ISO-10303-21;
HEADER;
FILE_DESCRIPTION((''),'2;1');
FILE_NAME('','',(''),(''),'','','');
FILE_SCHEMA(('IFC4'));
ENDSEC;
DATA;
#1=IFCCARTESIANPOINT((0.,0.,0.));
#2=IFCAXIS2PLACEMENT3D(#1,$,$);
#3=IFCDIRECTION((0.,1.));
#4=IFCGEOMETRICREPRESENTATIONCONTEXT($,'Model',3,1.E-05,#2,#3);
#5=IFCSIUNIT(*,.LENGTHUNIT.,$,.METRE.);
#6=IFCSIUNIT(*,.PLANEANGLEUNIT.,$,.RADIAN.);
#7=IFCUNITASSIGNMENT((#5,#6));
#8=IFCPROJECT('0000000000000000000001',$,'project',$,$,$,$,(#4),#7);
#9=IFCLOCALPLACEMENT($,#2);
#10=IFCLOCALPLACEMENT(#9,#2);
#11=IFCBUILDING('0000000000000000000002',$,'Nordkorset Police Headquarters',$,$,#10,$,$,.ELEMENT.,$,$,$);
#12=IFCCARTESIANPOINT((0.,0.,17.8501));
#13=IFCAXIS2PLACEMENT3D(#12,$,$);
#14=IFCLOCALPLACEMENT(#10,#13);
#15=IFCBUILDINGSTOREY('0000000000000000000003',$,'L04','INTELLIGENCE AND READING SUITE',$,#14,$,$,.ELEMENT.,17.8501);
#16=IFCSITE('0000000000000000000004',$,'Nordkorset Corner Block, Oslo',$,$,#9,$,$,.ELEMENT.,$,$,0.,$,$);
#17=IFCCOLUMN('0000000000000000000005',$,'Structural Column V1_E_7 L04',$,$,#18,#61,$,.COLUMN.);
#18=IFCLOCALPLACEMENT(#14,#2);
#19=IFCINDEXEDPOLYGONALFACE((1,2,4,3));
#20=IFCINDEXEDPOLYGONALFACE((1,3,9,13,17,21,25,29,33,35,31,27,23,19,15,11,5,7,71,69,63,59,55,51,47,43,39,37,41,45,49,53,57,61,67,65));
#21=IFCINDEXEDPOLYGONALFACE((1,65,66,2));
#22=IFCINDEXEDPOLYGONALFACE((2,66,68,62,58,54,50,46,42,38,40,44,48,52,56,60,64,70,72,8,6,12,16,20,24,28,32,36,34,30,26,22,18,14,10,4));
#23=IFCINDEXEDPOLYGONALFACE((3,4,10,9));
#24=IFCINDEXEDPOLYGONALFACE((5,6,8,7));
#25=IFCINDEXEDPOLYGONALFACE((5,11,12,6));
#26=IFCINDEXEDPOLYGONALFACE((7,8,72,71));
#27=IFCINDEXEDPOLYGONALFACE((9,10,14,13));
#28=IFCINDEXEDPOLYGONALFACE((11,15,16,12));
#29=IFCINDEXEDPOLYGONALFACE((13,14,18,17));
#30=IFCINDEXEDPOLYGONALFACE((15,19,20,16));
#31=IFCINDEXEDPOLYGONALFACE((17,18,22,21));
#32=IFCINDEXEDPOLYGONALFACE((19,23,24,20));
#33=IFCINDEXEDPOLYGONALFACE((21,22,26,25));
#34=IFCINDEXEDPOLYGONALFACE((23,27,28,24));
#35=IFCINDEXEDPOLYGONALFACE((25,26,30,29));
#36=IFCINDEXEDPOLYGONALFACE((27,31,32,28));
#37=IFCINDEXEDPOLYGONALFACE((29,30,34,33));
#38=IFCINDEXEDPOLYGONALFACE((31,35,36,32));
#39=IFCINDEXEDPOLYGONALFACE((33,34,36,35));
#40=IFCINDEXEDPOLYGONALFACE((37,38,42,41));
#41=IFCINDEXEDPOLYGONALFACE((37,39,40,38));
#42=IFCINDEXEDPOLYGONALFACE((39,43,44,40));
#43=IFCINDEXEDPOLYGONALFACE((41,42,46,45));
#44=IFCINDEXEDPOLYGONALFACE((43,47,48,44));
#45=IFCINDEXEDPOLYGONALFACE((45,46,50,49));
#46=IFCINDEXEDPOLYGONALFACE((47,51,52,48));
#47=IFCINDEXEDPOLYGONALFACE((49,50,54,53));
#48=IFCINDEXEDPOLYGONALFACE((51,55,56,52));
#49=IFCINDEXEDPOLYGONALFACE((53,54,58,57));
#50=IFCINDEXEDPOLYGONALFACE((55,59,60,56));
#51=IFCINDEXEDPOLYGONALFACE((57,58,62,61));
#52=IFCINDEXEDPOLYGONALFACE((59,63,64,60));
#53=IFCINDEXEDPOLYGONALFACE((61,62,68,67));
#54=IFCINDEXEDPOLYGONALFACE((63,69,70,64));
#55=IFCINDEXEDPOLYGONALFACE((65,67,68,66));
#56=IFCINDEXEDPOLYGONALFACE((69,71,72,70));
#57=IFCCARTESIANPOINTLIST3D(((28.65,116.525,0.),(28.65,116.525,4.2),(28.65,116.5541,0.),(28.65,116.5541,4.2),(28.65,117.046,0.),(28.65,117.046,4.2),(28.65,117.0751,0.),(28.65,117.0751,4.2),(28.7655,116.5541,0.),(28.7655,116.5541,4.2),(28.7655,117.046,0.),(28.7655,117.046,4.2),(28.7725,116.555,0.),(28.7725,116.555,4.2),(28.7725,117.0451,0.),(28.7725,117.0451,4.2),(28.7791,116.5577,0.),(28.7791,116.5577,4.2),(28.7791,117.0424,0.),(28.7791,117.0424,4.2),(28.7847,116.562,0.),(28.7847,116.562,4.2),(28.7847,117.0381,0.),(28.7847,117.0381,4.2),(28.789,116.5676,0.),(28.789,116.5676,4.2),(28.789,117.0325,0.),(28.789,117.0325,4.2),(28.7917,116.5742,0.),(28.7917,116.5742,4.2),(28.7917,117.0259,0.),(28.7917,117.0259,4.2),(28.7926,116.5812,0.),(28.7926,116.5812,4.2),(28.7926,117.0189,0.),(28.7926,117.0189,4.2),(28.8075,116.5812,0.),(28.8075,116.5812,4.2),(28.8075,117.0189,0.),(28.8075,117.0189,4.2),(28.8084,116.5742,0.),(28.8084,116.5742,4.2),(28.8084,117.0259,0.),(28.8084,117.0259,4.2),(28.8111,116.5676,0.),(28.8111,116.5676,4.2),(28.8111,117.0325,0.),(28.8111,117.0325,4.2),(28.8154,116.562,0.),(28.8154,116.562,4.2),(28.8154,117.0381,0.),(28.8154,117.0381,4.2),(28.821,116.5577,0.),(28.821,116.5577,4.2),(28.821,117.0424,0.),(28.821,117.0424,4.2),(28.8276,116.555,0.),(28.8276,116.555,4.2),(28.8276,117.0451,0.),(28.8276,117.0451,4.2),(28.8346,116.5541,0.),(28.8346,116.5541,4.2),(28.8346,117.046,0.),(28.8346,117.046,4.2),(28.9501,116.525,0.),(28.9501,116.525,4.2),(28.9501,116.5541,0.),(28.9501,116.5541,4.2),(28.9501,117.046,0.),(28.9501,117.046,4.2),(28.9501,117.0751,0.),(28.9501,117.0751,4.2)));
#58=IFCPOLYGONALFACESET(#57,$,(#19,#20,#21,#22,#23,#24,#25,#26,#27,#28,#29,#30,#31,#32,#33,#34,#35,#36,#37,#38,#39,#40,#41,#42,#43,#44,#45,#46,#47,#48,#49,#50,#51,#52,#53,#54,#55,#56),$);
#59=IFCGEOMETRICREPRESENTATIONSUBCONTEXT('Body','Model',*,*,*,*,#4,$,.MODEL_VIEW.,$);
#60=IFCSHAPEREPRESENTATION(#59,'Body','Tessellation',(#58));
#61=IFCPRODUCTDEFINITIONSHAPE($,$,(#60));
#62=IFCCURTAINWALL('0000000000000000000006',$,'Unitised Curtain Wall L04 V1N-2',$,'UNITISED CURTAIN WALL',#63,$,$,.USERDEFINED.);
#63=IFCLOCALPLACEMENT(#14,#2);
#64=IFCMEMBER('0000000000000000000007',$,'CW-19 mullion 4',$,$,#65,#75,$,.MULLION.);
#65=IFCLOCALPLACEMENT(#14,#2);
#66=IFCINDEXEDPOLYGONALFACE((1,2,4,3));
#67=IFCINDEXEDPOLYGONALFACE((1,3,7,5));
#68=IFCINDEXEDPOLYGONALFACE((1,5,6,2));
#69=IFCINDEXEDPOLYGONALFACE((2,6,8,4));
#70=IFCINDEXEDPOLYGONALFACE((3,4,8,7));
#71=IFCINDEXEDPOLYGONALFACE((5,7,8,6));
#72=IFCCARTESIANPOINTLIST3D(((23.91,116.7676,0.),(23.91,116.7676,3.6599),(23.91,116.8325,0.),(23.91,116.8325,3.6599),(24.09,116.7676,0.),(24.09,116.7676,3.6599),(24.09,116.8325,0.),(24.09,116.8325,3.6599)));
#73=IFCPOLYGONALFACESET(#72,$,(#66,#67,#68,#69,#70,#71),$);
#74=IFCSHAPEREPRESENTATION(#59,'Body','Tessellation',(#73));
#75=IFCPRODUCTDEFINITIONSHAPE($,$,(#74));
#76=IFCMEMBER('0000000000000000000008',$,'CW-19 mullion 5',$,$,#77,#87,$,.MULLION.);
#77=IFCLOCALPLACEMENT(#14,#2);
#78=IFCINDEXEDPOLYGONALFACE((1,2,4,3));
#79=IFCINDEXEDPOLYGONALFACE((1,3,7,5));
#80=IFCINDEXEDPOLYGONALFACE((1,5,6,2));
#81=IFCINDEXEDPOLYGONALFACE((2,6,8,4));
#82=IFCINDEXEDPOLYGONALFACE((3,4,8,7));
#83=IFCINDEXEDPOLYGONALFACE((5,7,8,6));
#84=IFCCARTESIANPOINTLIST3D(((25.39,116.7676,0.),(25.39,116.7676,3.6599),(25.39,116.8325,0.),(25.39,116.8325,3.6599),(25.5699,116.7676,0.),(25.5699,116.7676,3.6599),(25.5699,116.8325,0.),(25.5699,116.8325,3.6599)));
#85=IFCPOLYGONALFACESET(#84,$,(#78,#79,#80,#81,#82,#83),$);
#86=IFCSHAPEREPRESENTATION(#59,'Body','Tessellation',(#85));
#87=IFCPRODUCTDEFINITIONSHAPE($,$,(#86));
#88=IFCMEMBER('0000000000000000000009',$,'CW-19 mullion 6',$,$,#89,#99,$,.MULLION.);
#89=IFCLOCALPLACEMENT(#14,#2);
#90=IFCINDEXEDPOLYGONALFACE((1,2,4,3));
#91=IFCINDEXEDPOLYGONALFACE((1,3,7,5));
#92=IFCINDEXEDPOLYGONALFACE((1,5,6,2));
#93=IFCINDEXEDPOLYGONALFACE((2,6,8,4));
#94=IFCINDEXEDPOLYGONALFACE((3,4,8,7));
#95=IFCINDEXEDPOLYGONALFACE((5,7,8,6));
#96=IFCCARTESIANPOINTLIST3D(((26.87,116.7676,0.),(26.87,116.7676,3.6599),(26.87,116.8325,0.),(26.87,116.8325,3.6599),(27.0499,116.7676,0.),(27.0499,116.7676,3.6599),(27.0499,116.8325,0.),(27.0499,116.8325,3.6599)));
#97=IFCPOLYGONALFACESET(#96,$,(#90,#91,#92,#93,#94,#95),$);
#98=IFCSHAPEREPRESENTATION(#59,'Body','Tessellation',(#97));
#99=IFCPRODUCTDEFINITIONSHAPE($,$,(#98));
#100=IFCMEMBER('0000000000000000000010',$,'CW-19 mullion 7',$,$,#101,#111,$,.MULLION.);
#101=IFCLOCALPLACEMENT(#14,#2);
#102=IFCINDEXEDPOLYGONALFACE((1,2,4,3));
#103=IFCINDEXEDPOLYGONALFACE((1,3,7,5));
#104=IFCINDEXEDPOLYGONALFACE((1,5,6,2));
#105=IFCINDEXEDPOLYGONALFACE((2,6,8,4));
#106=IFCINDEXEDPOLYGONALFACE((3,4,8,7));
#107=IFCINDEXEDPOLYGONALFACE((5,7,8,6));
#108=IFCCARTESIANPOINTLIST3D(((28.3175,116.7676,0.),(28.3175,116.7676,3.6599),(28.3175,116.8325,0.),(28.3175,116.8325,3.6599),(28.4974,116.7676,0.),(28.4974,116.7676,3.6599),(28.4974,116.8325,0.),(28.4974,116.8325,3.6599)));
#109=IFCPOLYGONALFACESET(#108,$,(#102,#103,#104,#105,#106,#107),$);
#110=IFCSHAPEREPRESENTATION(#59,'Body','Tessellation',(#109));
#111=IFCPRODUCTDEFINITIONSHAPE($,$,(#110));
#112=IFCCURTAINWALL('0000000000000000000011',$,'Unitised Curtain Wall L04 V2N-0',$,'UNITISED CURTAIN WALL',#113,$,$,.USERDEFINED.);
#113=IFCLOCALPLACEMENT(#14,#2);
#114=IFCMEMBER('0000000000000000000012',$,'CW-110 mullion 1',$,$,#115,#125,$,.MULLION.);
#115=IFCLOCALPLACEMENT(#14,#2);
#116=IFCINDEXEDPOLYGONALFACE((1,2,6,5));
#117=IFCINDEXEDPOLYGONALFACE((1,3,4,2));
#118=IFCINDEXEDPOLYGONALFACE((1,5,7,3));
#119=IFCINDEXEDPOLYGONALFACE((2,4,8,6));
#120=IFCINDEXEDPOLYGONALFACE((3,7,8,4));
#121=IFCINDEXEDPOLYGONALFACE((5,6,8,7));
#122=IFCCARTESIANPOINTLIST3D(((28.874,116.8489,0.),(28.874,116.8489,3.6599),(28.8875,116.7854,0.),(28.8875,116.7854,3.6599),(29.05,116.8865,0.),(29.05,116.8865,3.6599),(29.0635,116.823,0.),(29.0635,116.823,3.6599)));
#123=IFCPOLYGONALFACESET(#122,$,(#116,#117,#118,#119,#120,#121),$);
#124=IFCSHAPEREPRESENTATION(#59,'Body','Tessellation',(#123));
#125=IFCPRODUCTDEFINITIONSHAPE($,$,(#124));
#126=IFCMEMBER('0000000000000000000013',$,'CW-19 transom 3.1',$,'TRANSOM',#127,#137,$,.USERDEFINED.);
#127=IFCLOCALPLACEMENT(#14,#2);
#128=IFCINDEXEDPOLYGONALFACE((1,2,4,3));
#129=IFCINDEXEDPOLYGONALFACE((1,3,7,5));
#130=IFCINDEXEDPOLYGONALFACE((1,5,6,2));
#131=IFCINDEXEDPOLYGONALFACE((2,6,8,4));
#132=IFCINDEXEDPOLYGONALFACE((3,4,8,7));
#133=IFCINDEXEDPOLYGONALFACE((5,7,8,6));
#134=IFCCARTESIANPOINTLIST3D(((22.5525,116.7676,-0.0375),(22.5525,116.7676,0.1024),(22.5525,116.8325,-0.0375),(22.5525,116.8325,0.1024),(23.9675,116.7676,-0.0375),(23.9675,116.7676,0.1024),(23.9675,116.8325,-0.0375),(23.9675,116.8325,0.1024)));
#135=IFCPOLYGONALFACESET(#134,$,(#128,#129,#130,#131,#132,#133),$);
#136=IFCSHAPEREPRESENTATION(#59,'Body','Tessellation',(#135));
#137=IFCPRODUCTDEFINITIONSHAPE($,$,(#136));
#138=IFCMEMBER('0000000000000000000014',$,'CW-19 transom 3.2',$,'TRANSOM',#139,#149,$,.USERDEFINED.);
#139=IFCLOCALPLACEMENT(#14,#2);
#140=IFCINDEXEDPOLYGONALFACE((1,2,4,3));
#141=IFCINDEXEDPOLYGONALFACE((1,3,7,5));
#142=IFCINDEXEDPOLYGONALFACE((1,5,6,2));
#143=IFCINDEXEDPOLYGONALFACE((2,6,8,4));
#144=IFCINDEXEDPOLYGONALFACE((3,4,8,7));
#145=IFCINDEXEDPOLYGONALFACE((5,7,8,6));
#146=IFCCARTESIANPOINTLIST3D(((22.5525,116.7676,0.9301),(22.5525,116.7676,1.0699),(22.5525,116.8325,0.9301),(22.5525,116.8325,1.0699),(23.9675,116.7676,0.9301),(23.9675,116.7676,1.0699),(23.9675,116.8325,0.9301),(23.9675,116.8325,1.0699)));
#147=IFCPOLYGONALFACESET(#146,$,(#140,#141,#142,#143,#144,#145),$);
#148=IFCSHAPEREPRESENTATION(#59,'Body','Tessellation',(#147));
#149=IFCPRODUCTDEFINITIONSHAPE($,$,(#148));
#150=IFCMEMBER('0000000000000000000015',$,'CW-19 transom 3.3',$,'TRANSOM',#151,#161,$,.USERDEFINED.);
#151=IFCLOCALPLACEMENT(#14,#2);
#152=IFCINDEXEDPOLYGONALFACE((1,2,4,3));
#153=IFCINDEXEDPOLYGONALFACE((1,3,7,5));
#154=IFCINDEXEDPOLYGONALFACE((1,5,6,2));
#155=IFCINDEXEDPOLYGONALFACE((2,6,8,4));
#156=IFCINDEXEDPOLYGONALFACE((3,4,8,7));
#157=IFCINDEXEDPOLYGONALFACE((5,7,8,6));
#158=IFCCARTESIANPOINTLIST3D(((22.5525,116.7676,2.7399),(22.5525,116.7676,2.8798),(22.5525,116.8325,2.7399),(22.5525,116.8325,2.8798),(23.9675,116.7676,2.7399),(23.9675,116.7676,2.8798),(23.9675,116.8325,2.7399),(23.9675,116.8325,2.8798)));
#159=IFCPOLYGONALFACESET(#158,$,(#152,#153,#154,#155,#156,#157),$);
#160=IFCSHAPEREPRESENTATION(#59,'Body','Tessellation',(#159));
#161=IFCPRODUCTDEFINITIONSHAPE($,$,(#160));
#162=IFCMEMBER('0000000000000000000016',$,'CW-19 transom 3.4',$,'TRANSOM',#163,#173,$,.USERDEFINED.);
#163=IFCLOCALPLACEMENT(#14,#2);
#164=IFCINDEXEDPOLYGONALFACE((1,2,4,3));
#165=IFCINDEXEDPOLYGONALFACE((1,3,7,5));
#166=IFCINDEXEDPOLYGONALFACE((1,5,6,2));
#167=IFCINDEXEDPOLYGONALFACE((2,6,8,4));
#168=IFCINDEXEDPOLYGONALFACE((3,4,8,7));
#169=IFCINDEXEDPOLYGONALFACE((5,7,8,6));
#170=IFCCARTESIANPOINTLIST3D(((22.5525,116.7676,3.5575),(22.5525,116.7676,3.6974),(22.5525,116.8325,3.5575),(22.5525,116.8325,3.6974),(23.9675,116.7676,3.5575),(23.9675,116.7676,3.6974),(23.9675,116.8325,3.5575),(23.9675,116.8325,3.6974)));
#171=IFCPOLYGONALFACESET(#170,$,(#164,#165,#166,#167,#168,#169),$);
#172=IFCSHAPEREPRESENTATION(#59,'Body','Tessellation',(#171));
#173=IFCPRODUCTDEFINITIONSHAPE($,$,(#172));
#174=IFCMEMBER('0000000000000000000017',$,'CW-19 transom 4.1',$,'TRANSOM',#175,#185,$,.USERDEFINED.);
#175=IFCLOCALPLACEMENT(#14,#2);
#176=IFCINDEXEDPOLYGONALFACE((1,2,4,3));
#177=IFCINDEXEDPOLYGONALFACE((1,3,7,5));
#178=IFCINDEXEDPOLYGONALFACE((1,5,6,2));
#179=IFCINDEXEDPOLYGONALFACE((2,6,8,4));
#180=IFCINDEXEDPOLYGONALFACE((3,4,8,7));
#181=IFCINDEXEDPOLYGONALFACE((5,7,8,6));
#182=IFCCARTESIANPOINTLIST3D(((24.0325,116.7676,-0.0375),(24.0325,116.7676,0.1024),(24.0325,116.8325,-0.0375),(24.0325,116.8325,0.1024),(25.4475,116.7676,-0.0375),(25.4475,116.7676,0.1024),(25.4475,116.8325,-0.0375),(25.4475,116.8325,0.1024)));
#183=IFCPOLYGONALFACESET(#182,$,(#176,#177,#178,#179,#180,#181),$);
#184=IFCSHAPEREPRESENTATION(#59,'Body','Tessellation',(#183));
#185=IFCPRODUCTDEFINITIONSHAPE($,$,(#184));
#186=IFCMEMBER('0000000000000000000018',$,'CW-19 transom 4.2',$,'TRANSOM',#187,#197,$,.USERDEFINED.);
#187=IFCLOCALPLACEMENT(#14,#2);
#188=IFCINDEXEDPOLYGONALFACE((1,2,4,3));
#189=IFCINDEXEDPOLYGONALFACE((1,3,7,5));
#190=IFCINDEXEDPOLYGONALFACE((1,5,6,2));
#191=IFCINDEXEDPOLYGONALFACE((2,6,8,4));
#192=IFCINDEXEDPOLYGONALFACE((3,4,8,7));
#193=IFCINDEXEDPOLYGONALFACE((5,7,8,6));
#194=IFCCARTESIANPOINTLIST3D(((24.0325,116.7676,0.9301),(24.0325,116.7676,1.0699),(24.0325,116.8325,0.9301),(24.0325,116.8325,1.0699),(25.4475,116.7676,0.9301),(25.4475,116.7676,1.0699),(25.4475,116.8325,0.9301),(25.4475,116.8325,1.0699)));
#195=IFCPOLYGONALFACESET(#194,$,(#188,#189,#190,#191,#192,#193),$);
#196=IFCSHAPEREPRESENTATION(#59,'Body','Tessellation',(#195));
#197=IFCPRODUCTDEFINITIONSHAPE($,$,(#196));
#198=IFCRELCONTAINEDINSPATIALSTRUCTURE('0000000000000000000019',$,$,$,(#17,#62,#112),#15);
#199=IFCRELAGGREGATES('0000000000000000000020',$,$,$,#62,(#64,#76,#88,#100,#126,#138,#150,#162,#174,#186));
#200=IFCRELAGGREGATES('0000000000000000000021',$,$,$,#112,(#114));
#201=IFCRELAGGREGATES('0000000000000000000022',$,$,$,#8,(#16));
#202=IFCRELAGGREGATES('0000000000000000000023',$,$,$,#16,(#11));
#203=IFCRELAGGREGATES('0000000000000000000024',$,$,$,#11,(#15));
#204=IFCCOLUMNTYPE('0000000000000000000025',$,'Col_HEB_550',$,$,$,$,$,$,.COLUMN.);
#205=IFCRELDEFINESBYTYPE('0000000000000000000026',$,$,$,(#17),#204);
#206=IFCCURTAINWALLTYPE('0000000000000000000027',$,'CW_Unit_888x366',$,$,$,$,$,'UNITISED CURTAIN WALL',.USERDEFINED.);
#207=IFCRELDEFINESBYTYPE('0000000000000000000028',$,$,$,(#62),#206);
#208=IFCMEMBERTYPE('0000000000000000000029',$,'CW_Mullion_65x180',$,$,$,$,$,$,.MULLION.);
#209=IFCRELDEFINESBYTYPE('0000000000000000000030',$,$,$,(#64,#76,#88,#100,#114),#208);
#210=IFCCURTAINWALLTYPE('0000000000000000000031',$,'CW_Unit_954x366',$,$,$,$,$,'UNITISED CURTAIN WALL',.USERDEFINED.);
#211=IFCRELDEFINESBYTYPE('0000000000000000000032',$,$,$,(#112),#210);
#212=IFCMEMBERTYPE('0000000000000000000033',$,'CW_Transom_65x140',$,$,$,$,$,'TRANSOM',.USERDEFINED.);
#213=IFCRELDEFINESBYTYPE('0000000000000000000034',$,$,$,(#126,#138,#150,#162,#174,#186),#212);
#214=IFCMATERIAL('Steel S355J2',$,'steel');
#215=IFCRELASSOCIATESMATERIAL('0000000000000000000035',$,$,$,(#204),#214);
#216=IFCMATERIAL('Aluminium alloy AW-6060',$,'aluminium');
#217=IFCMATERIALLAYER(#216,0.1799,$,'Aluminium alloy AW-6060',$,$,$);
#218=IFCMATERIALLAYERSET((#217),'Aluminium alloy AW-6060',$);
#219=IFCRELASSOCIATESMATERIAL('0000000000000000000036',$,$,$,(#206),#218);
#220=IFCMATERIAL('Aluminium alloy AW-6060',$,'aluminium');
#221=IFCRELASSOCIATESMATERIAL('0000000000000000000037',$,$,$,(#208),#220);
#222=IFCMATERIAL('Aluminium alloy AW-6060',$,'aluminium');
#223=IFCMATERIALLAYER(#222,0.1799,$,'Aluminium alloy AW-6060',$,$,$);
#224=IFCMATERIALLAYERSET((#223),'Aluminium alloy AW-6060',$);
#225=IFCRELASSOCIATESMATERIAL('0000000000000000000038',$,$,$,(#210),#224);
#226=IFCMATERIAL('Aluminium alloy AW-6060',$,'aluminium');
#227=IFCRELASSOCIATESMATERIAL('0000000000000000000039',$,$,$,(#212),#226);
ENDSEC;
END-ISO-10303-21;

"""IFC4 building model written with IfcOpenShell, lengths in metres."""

from ifc_helpers import new_model, si_unit, direction, frame, origin, origin_2d, place, context, subcontext, project, spatial, rectangle, i_section, extrude, material, layer, layer_set, material_profile, profile_set, type_object, element, aggregate, save


model = new_model("IFC4")

# Units and contexts
model_context = context("Model", 3, precision=1e-05, world=origin(), true_north=direction((0.0, 1.0)))
body_context = subcontext(model_context, "Body", "Model", "MODEL_VIEW")
ifc_project = project(units=[si_unit("LENGTHUNIT", "METRE"), si_unit("PLANEANGLEUNIT", "RADIAN")], contexts=[model_context])

# Site, building, storey
site_placement = place(None, origin())
site = spatial("IfcSite", under=ifc_project, at=site_placement, Name="Nordkorset Corner Block, Oslo", CompositionType="ELEMENT", RefElevation=0.0)
building_placement = place(site_placement, origin())
building = spatial("IfcBuilding", under=site, at=building_placement, Name="Nordkorset Police Headquarters", CompositionType="ELEMENT")
storey_placement = place(building_placement, frame((0.0, 0.0, 17.8501)))
storey = spatial("IfcBuildingStorey", under=building, at=storey_placement, Name="L04", Description="INTELLIGENCE AND READING SUITE", CompositionType="ELEMENT", Elevation=17.8501)

# Column
ifc_material_1 = material(Name="Steel S355J2", Category="steel")
ifc_material_profile_1 = material_profile(ifc_material_1, i_section(OverallWidth=0.3, OverallDepth=0.55, WebThickness=0.0149, FlangeThickness=0.0291, FilletRadius=0.0271, at=origin_2d()), Name="HEB 550")
ifc_profile_set_1 = profile_set([ifc_material_profile_1], Name="Steel S355J2")
column_type = type_object("IfcColumnType", Name="Col_HEB_550", PredefinedType="COLUMN", material=ifc_profile_set_1)
column_placement = place(storey_placement, frame((28.8, 116.8, 0.0), z_axis=(0.0, 0.0, 1.0), x_axis=(1.0, 0.0, 0.0)))
element("IfcColumn", 1, at=column_placement, inside=storey, type_object=column_type, Name="Structural Column V1_E_7 L04", PredefinedType="COLUMN", context=body_context, shape_type="SweptSolid", body=[
    extrude(i_section(OverallWidth=0.3, OverallDepth=0.55, WebThickness=0.0149, FlangeThickness=0.0291, FilletRadius=0.0271, at=origin_2d()), origin(), (0.0, 0.0, 1.0), 4.2),
])

# Curtain wall, members
ifc_material_2 = material(Name="Aluminium alloy AW-6060", Category="aluminium")
ifc_layer_1 = layer(ifc_material_2, 0.1799, Name="Aluminium alloy AW-6060")
ifc_layer_set_1 = layer_set([ifc_layer_1], Name="Aluminium alloy AW-6060")
curtain_wall_type_1 = type_object("IfcCurtainWallType", Name="CW_Unit_888x366", ElementType="UNITISED CURTAIN WALL", PredefinedType="USERDEFINED", material=ifc_layer_set_1)
curtain_wall_1_placement = place(storey_placement, origin())
curtain_wall_1 = element("IfcCurtainWall", 2, at=curtain_wall_1_placement, inside=storey, type_object=curtain_wall_type_1, Name="Unitised Curtain Wall L04 V1N-2", ObjectType="UNITISED CURTAIN WALL", PredefinedType="USERDEFINED")
ifc_material_3 = material(Name="Aluminium alloy AW-6060", Category="aluminium")
ifc_material_profile_2 = material_profile(ifc_material_3, rectangle(XDim=0.0649, YDim=0.1799, at=origin_2d()), Name="ALU MULL 65x180")
ifc_profile_set_2 = profile_set([ifc_material_profile_2], Name="Aluminium alloy AW-6060")
member_type_1 = type_object("IfcMemberType", Name="CW_Mullion_65x180", PredefinedType="MULLION", material=ifc_profile_set_2)
member_1_placement = place(storey_placement, frame((24.0, 116.8, 0.0), z_axis=(0.0, 0.0, 1.0), x_axis=(0.0, 1.0, 0.0)))
member_1 = element("IfcMember", 3, at=member_1_placement, type_object=member_type_1, Name="CW-19 mullion 4", PredefinedType="MULLION", context=body_context, shape_type="SweptSolid", body=[
    extrude(rectangle(XDim=0.0649, YDim=0.1799, at=origin_2d()), origin(), (0.0, 0.0, 1.0), 3.6599),
])
member_2_placement = place(storey_placement, frame((25.48, 116.8, 0.0), z_axis=(0.0, 0.0, 1.0), x_axis=(0.0, 1.0, 0.0)))
member_2 = element("IfcMember", 4, at=member_2_placement, type_object=member_type_1, Name="CW-19 mullion 5", PredefinedType="MULLION", context=body_context, shape_type="SweptSolid", body=[
    extrude(rectangle(XDim=0.0649, YDim=0.1799, at=origin_2d()), origin(), (0.0, 0.0, 1.0), 3.6599),
])
member_3_placement = place(storey_placement, frame((26.96, 116.8, 0.0), z_axis=(0.0, 0.0, 1.0), x_axis=(0.0, 1.0, 0.0)))
member_3 = element("IfcMember", 5, at=member_3_placement, type_object=member_type_1, Name="CW-19 mullion 6", PredefinedType="MULLION", context=body_context, shape_type="SweptSolid", body=[
    extrude(rectangle(XDim=0.0649, YDim=0.1799, at=origin_2d()), origin(), (0.0, 0.0, 1.0), 3.6599),
])
member_4_placement = place(storey_placement, frame((28.4075, 116.8, 0.0), z_axis=(0.0, 0.0, 1.0), x_axis=(0.0, 1.0, 0.0)))
member_4 = element("IfcMember", 6, at=member_4_placement, type_object=member_type_1, Name="CW-19 mullion 7", PredefinedType="MULLION", context=body_context, shape_type="SweptSolid", body=[
    extrude(rectangle(XDim=0.0649, YDim=0.1799, at=origin_2d()), origin(), (0.0, 0.0, 1.0), 3.6599),
])

# Curtain wall, member
ifc_material_4 = material(Name="Aluminium alloy AW-6060", Category="aluminium")
ifc_layer_2 = layer(ifc_material_4, 0.1799, Name="Aluminium alloy AW-6060")
ifc_layer_set_2 = layer_set([ifc_layer_2], Name="Aluminium alloy AW-6060")
curtain_wall_type_2 = type_object("IfcCurtainWallType", Name="CW_Unit_954x366", ElementType="UNITISED CURTAIN WALL", PredefinedType="USERDEFINED", material=ifc_layer_set_2)
curtain_wall_2_placement = place(storey_placement, origin())
curtain_wall_2 = element("IfcCurtainWall", 7, at=curtain_wall_2_placement, inside=storey, type_object=curtain_wall_type_2, Name="Unitised Curtain Wall L04 V2N-0", ObjectType="UNITISED CURTAIN WALL", PredefinedType="USERDEFINED")
member_5_placement = place(storey_placement, frame((28.9688, 116.8359, 0.0), z_axis=(0.0, 0.0, 1.0), x_axis=(-0.208833, 0.977951, 0.0)))
member_5 = element("IfcMember", 8, at=member_5_placement, type_object=member_type_1, Name="CW-110 mullion 1", PredefinedType="MULLION", context=body_context, shape_type="SweptSolid", body=[
    extrude(rectangle(XDim=0.0649, YDim=0.1799, at=origin_2d()), origin(), (0.0, 0.0, 1.0), 3.6599),
])

# Members
ifc_material_5 = material(Name="Aluminium alloy AW-6060", Category="aluminium")
ifc_material_profile_3 = material_profile(ifc_material_5, rectangle(XDim=0.0649, YDim=0.1399, at=origin_2d()), Name="ALU TRAN 65x140")
ifc_profile_set_3 = profile_set([ifc_material_profile_3], Name="Aluminium alloy AW-6060")
member_type_2 = type_object("IfcMemberType", Name="CW_Transom_65x140", ElementType="TRANSOM", PredefinedType="USERDEFINED", material=ifc_profile_set_3)
member_6_placement = place(storey_placement, frame((22.5525, 116.8, 0.0325), z_axis=(1.0, 0.0, 0.0), x_axis=(0.0, 1.0, 0.0)))
member_6 = element("IfcMember", 9, at=member_6_placement, type_object=member_type_2, Name="CW-19 transom 3.1", ObjectType="TRANSOM", PredefinedType="USERDEFINED", context=body_context, shape_type="SweptSolid", body=[
    extrude(rectangle(XDim=0.0649, YDim=0.1399, at=origin_2d()), origin(), (0.0, 0.0, 1.0), 1.415),
])
member_7_placement = place(storey_placement, frame((22.5525, 116.8, 1.0), z_axis=(1.0, 0.0, 0.0), x_axis=(0.0, 1.0, 0.0)))
member_7 = element("IfcMember", 10, at=member_7_placement, type_object=member_type_2, Name="CW-19 transom 3.2", ObjectType="TRANSOM", PredefinedType="USERDEFINED", context=body_context, shape_type="SweptSolid", body=[
    extrude(rectangle(XDim=0.0649, YDim=0.1399, at=origin_2d()), origin(), (0.0, 0.0, 1.0), 1.415),
])
member_8_placement = place(storey_placement, frame((22.5525, 116.8, 2.8098), z_axis=(1.0, 0.0, 0.0), x_axis=(0.0, 1.0, 0.0)))
member_8 = element("IfcMember", 11, at=member_8_placement, type_object=member_type_2, Name="CW-19 transom 3.3", ObjectType="TRANSOM", PredefinedType="USERDEFINED", context=body_context, shape_type="SweptSolid", body=[
    extrude(rectangle(XDim=0.0649, YDim=0.1399, at=origin_2d()), origin(), (0.0, 0.0, 1.0), 1.415),
])
member_9_placement = place(storey_placement, frame((22.5525, 116.8, 3.6274), z_axis=(1.0, 0.0, 0.0), x_axis=(0.0, 1.0, 0.0)))
member_9 = element("IfcMember", 12, at=member_9_placement, type_object=member_type_2, Name="CW-19 transom 3.4", ObjectType="TRANSOM", PredefinedType="USERDEFINED", context=body_context, shape_type="SweptSolid", body=[
    extrude(rectangle(XDim=0.0649, YDim=0.1399, at=origin_2d()), origin(), (0.0, 0.0, 1.0), 1.415),
])
member_10_placement = place(storey_placement, frame((24.0325, 116.8, 0.0325), z_axis=(1.0, 0.0, 0.0), x_axis=(0.0, 1.0, 0.0)))
member_10 = element("IfcMember", 13, at=member_10_placement, type_object=member_type_2, Name="CW-19 transom 4.1", ObjectType="TRANSOM", PredefinedType="USERDEFINED", context=body_context, shape_type="SweptSolid", body=[
    extrude(rectangle(XDim=0.0649, YDim=0.1399, at=origin_2d()), origin(), (0.0, 0.0, 1.0), 1.415),
])
member_11_placement = place(storey_placement, frame((24.0325, 116.8, 1.0), z_axis=(1.0, 0.0, 0.0), x_axis=(0.0, 1.0, 0.0)))
member_11 = element("IfcMember", 14, at=member_11_placement, type_object=member_type_2, Name="CW-19 transom 4.2", ObjectType="TRANSOM", PredefinedType="USERDEFINED", context=body_context, shape_type="SweptSolid", body=[
    extrude(rectangle(XDim=0.0649, YDim=0.1399, at=origin_2d()), origin(), (0.0, 0.0, 1.0), 1.415),
])

aggregate(curtain_wall_1, [member_1, member_2, member_3, member_4, member_6, member_7, member_8, member_9, member_10, member_11])
aggregate(curtain_wall_2, [member_5])

save(model, "model.ifc")
